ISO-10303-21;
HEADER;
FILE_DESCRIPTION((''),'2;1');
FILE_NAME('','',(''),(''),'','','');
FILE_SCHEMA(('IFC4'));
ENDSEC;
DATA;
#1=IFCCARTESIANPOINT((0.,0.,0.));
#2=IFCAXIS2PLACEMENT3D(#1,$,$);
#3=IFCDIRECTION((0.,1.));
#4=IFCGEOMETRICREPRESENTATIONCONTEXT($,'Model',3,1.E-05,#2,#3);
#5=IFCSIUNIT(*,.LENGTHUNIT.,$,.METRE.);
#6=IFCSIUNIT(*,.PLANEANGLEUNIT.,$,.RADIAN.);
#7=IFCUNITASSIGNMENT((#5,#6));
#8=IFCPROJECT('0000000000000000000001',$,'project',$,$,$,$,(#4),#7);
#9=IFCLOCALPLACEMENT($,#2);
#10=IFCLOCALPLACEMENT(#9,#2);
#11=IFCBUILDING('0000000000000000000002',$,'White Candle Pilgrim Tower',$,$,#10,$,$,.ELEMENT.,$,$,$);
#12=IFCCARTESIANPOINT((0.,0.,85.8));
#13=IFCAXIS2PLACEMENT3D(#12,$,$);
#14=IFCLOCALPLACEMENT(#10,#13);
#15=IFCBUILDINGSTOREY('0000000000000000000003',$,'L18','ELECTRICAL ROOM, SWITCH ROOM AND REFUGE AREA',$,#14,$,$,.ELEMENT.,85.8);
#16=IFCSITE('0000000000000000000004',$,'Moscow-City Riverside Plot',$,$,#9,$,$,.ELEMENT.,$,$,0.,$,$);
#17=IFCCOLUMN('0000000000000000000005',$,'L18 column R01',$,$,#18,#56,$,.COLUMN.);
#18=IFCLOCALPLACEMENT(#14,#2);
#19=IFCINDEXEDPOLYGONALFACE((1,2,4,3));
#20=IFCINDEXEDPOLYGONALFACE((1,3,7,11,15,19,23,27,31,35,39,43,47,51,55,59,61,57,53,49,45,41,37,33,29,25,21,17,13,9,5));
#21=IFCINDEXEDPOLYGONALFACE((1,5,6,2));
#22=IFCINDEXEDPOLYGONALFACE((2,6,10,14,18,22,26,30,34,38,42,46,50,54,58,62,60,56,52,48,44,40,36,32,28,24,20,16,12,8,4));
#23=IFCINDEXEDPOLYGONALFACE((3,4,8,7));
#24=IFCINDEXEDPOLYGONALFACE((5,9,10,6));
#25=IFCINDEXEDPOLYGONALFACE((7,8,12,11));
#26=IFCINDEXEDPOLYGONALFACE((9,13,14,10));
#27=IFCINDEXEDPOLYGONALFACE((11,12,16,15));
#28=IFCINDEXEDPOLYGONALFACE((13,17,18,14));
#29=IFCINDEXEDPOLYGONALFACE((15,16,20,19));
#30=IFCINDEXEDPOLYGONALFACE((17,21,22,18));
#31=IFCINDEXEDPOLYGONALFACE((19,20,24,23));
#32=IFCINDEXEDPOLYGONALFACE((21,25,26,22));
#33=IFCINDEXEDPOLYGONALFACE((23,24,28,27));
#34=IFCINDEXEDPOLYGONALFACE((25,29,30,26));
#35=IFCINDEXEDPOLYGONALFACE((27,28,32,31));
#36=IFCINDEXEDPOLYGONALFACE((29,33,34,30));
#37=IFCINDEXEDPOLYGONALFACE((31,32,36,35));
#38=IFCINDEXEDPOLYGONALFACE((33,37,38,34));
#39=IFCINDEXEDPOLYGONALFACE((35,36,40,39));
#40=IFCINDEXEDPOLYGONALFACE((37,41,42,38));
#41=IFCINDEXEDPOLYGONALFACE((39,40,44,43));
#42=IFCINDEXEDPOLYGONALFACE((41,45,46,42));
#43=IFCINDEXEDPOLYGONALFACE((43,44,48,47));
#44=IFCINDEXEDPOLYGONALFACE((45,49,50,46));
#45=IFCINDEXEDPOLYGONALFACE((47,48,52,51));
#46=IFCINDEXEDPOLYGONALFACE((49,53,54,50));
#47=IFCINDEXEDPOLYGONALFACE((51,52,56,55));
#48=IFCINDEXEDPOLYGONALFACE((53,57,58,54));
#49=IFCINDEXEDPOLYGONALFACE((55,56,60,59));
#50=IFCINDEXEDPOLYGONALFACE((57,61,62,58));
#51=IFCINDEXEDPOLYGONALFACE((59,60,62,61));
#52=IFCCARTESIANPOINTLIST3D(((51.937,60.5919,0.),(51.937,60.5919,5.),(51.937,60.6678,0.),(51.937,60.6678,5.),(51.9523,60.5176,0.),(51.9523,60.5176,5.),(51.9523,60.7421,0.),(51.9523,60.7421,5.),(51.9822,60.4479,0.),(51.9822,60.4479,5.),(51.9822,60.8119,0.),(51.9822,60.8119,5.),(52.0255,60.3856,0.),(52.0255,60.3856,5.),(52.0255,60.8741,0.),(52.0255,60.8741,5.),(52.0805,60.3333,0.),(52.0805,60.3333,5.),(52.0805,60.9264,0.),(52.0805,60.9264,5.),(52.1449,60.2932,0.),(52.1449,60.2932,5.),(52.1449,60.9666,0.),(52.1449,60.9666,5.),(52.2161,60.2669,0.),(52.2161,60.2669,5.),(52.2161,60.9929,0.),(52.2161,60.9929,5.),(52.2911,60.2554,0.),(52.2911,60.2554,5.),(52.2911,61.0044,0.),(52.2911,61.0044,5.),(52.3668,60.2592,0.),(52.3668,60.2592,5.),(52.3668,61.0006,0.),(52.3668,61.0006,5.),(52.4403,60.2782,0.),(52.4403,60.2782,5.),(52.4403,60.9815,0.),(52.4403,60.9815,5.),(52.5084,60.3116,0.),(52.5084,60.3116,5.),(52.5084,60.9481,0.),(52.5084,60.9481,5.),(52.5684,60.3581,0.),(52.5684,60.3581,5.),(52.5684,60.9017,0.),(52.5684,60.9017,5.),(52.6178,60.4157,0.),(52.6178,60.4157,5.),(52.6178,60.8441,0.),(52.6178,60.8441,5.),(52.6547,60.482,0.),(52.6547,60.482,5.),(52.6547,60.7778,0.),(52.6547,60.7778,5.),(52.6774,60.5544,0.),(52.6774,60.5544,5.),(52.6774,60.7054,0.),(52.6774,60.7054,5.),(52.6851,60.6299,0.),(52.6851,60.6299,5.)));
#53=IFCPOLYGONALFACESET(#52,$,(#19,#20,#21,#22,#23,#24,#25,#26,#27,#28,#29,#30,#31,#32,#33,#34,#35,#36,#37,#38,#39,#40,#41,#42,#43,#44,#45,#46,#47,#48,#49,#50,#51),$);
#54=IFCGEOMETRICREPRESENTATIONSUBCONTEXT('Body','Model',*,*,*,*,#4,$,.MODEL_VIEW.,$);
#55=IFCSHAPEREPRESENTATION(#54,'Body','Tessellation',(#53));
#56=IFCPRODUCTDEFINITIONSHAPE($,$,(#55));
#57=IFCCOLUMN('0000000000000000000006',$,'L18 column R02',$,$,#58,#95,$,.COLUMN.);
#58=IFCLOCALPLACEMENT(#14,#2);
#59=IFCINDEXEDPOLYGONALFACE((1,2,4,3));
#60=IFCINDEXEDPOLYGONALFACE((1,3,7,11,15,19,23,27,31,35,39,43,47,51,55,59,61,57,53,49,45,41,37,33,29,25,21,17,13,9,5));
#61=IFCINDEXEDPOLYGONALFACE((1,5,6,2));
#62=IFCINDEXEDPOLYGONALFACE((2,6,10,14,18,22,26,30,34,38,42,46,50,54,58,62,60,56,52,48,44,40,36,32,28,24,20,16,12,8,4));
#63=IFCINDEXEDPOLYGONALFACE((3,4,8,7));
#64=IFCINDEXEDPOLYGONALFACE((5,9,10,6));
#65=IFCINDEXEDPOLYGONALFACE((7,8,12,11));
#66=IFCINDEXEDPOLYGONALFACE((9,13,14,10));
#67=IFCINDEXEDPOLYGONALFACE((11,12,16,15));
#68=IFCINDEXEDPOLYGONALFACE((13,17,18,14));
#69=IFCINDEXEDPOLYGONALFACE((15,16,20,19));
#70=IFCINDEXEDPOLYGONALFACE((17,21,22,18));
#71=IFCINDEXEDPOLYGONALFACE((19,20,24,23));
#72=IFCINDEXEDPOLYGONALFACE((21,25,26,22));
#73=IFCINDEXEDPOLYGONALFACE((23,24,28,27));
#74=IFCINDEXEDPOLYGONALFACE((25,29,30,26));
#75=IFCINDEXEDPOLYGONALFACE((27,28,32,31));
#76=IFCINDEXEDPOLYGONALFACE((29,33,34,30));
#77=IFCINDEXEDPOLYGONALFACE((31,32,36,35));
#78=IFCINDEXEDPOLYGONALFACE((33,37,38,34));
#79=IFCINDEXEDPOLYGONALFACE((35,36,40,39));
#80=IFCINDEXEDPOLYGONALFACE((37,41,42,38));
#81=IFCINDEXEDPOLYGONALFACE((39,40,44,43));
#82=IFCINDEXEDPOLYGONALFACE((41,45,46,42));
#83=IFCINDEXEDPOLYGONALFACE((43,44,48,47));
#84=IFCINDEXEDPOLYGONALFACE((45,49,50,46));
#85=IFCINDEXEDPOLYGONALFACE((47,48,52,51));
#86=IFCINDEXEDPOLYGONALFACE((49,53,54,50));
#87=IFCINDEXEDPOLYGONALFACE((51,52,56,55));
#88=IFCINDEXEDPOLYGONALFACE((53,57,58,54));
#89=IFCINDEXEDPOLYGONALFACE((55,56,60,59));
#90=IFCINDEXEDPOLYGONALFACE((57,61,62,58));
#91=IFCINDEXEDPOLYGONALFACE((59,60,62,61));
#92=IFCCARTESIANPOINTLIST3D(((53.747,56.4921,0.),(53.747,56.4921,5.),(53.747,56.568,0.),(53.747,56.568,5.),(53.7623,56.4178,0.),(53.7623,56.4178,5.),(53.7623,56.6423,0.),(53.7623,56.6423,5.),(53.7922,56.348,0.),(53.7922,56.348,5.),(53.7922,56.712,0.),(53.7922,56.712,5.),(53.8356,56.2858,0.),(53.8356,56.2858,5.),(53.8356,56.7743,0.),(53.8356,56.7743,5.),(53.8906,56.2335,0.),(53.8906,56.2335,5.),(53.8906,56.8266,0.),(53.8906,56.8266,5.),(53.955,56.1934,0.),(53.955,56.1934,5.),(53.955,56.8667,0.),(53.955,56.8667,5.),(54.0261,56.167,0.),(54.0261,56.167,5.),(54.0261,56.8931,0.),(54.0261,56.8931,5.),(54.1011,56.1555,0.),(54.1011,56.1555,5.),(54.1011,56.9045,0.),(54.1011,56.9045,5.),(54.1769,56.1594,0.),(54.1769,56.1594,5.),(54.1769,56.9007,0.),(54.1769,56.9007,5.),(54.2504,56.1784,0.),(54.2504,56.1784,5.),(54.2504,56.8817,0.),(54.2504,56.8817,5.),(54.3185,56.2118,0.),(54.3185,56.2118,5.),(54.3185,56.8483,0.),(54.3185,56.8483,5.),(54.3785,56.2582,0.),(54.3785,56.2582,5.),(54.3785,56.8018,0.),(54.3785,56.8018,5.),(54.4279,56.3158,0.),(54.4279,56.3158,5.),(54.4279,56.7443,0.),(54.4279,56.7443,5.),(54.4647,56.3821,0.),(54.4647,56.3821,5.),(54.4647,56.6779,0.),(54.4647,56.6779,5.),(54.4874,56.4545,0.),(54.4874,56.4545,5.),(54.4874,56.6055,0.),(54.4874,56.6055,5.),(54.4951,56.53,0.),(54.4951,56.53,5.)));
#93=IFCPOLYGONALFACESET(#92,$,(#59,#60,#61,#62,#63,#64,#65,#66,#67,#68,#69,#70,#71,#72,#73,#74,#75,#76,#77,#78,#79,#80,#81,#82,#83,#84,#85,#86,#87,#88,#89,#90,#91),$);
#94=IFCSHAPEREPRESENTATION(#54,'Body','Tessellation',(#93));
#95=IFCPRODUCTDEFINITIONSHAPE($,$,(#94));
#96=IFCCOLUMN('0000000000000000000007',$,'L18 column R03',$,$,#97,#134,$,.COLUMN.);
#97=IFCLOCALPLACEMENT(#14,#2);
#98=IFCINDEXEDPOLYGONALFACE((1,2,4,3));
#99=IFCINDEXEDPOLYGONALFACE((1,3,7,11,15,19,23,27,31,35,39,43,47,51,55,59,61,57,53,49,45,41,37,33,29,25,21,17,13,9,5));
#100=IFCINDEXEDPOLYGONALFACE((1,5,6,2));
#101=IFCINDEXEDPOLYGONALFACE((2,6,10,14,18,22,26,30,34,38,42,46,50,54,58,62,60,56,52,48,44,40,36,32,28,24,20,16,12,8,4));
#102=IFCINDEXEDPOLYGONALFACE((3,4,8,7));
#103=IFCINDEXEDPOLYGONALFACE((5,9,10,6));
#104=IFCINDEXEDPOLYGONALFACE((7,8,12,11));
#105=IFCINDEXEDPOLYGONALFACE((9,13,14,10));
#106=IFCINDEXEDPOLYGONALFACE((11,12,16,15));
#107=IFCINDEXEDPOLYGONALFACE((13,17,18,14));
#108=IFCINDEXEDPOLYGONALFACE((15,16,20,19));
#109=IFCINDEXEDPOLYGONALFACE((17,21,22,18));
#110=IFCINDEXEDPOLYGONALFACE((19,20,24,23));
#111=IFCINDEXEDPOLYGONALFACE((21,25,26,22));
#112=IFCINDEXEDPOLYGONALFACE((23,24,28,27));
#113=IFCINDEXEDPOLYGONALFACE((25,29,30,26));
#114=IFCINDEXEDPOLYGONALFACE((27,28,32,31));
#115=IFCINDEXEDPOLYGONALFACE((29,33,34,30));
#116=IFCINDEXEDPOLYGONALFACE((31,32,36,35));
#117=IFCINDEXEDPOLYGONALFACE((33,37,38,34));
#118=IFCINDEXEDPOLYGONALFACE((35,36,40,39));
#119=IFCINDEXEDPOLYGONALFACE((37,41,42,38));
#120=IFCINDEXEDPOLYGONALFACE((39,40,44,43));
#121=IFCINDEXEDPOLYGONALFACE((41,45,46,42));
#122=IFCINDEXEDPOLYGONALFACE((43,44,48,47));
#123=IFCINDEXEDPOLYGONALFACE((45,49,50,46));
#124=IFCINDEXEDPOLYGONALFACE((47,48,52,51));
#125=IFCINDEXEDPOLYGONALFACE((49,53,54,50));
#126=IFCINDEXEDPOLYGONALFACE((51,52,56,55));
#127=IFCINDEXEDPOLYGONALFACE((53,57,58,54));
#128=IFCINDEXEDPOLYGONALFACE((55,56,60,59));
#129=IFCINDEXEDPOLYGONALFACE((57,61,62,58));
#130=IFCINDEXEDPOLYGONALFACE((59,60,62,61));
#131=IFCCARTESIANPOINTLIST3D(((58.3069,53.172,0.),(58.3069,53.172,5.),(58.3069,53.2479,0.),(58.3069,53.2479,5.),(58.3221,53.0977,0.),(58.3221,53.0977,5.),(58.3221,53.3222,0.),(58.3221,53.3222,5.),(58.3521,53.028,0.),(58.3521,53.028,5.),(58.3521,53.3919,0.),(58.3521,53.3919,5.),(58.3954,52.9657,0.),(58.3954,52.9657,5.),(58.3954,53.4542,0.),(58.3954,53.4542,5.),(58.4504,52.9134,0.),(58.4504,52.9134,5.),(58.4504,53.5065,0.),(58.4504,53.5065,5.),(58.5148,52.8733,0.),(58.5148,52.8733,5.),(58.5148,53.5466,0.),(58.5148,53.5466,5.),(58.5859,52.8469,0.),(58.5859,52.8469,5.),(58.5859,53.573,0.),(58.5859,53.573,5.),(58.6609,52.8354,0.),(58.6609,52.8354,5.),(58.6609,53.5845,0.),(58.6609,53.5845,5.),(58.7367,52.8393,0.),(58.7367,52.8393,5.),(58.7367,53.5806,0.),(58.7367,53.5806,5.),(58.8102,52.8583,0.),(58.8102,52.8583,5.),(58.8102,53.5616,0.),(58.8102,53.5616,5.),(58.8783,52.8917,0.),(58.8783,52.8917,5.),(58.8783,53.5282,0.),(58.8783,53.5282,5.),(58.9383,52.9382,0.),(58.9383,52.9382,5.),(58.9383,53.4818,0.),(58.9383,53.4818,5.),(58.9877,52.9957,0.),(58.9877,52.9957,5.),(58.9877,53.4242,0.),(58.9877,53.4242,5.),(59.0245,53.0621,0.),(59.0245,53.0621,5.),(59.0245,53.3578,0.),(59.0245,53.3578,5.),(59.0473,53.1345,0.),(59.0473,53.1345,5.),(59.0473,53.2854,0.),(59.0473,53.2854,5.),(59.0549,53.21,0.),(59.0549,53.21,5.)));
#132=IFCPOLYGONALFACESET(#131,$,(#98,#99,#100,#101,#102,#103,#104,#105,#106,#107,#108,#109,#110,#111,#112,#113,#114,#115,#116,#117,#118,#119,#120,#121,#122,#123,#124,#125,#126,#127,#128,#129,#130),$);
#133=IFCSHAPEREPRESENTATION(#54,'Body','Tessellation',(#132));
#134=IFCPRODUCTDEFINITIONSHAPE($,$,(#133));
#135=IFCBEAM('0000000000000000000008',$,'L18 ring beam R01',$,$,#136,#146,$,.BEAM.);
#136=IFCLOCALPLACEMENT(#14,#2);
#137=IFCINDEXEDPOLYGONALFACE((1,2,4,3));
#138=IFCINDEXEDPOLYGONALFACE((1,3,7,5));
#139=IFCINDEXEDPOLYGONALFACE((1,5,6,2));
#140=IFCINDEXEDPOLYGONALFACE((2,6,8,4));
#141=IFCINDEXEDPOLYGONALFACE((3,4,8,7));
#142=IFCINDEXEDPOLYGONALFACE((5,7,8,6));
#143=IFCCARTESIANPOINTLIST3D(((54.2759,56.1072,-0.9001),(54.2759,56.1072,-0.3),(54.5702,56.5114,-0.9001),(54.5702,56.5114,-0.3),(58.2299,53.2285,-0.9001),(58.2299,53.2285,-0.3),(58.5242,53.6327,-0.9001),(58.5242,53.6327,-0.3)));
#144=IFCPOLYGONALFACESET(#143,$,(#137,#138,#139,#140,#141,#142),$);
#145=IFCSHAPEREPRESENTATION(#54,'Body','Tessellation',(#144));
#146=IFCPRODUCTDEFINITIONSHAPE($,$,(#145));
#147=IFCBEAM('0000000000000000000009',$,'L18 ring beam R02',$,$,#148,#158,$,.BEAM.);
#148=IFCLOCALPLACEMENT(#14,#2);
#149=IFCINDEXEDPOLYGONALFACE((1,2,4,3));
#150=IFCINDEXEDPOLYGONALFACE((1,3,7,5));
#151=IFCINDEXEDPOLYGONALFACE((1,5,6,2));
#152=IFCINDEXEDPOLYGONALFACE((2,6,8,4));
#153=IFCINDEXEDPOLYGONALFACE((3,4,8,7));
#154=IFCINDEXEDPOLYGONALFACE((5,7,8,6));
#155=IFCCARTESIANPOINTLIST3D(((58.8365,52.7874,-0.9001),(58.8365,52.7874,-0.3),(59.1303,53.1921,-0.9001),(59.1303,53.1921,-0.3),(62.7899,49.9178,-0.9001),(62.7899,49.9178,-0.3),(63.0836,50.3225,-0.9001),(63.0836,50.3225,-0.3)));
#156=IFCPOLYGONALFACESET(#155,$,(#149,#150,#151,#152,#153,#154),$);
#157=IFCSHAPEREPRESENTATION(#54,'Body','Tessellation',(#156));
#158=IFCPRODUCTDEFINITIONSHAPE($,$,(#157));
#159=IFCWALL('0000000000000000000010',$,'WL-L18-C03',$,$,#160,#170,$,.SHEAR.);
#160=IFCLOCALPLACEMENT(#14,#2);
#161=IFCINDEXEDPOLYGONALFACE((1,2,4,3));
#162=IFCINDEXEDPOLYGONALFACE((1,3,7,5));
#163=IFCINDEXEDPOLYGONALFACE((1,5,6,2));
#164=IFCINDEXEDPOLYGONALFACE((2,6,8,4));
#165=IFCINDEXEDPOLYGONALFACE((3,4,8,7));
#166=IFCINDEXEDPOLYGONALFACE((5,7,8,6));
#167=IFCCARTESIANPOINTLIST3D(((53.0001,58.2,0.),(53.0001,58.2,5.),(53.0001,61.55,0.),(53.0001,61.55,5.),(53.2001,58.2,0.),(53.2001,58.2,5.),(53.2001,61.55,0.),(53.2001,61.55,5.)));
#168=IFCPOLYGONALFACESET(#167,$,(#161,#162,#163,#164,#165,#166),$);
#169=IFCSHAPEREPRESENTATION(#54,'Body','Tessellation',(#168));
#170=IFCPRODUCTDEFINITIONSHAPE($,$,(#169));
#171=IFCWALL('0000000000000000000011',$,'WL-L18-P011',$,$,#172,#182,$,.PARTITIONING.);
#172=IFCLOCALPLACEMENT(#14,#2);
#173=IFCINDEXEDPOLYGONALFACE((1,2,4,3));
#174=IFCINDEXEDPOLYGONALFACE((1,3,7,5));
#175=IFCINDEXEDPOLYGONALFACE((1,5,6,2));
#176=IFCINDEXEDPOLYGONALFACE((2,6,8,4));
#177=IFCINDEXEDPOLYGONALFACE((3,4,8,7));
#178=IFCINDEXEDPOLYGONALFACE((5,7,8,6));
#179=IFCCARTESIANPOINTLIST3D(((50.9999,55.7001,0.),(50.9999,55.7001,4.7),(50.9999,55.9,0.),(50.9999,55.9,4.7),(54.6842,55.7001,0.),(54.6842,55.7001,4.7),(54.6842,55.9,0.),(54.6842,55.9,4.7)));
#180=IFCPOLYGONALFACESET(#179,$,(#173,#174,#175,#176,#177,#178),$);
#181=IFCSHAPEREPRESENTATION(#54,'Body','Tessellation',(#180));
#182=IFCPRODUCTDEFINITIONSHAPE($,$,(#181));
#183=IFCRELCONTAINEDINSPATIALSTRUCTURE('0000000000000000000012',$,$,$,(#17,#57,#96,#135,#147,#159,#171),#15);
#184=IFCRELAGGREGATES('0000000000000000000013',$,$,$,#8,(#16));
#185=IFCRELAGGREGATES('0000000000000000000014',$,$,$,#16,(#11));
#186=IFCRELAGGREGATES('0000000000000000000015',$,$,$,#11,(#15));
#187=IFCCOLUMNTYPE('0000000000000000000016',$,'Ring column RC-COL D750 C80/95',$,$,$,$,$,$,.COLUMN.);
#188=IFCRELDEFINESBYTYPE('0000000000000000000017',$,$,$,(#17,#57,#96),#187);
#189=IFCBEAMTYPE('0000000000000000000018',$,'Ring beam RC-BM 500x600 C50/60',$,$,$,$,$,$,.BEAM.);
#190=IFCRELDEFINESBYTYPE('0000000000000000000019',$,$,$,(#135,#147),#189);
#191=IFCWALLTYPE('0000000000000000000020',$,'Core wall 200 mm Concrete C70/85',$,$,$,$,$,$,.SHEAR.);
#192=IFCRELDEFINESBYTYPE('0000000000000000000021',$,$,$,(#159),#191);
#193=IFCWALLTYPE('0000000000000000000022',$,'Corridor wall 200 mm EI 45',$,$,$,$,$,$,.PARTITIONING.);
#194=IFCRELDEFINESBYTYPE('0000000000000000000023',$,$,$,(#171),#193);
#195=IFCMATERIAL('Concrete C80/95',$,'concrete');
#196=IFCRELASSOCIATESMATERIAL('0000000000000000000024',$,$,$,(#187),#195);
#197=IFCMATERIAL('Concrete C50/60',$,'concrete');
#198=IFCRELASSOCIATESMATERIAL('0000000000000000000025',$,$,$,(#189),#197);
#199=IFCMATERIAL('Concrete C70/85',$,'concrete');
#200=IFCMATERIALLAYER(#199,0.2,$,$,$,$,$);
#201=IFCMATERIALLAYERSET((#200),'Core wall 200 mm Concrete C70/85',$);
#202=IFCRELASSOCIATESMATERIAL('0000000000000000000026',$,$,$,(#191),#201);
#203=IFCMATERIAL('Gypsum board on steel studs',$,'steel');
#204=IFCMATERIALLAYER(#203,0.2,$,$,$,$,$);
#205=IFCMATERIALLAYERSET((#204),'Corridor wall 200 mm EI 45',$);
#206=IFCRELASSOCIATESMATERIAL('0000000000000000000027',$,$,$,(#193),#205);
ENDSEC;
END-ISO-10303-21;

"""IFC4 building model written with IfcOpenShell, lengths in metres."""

from ifc_helpers import new_model, si_unit, direction, frame, frame_2d, origin, origin_2d, place, context, subcontext, project, spatial, rectangle, circle, extrude, material, layer, layer_set, material_profile, profile_set, type_object, element, save


model = new_model("IFC4")

# Units and contexts
model_context = context("Model", 3, precision=1e-05, world=origin(), true_north=direction((0.0, 1.0)))
body_context = subcontext(model_context, "Body", "Model", "MODEL_VIEW")
ifc_project = project(units=[si_unit("LENGTHUNIT", "METRE"), si_unit("PLANEANGLEUNIT", "RADIAN")], contexts=[model_context])

# Site, building, storey
site_placement = place(None, origin())
site = spatial("IfcSite", under=ifc_project, at=site_placement, Name="Moscow-City Riverside Plot", CompositionType="ELEMENT", RefElevation=0.0)
building_placement = place(site_placement, origin())
building = spatial("IfcBuilding", under=site, at=building_placement, Name="White Candle Pilgrim Tower", CompositionType="ELEMENT")
storey_placement = place(building_placement, frame((0.0, 0.0, 85.8)))
storey = spatial("IfcBuildingStorey", under=building, at=storey_placement, Name="L18", Description="ELECTRICAL ROOM, SWITCH ROOM AND REFUGE AREA", CompositionType="ELEMENT", Elevation=85.8)

# Columns
ifc_material_1 = material(Name="Concrete C80/95", Category="concrete")
ifc_material_profile_1 = material_profile(ifc_material_1, circle(Radius=0.375, at=origin_2d()), Name="RC-COL D750")
ifc_profile_set_1 = profile_set([ifc_material_profile_1], Name="Concrete C80/95")
column_type = type_object("IfcColumnType", Name="Ring column RC-COL D750 C80/95", PredefinedType="COLUMN", material=ifc_profile_set_1)
for number, where, z_axis, x_axis, name in (
    (1, (52.3101, 60.6299, 0.0), (0.0, 0.0, 1.0), (1.0, 0.0, 0.0), "L18 column R01"),
    (2, (54.1201, 56.53, 0.0), (0.0, 0.0, 1.0), (1.0, 0.0, 0.0), "L18 column R02"),
    (3, (58.6799, 53.21, 0.0), (0.0, 0.0, 1.0), (1.0, 0.0, 0.0), "L18 column R03"),
):
    element("IfcColumn", number, at=place(storey_placement, frame(where, z_axis=z_axis, x_axis=x_axis)), inside=storey, type_object=column_type, Name=name, PredefinedType="COLUMN", context=body_context, shape_type="SweptSolid", body=[
        extrude(circle(Radius=0.375, at=origin_2d()), origin(), (0.0, 0.0, 1.0), 5.0),
    ])

# Beams
ifc_material_2 = material(Name="Concrete C50/60", Category="concrete")
ifc_material_profile_2 = material_profile(ifc_material_2, rectangle(XDim=0.5, YDim=0.6001, at=origin_2d()), Name="RC-BM 500x600")
ifc_profile_set_2 = profile_set([ifc_material_profile_2], Name="Concrete C50/60")
beam_type = type_object("IfcBeamType", Name="Ring beam RC-BM 500x600 C50/60", PredefinedType="BEAM", material=ifc_profile_set_2)
beam_1_placement = place(storey_placement, frame((54.4231, 56.3093, -0.6001), z_axis=(0.808432, -0.58859, 0.0), x_axis=(0.58859, 0.808432, 0.0)))
element("IfcBeam", 4, at=beam_1_placement, inside=storey, type_object=beam_type, Name="L18 ring beam R01", PredefinedType="BEAM", context=body_context, shape_type="SweptSolid", body=[
    extrude(rectangle(XDim=0.5, YDim=0.6001, at=origin_2d()), origin(), (0.0, 0.0, 1.0), 4.8909),
])
beam_2_placement = place(storey_placement, frame((58.9834, 52.9897, -0.6001), z_axis=(0.809276, -0.587429, 0.0), x_axis=(0.587429, 0.809276, 0.0)))
element("IfcBeam", 5, at=beam_2_placement, inside=storey, type_object=beam_type, Name="L18 ring beam R02", PredefinedType="BEAM", context=body_context, shape_type="SweptSolid", body=[
    extrude(rectangle(XDim=0.5, YDim=0.6001, at=origin_2d()), origin(), (0.0, 0.0, 1.0), 4.885),
])

# Walls
ifc_material_3 = material(Name="Concrete C70/85", Category="concrete")
ifc_layer_1 = layer(ifc_material_3, 0.2)
ifc_layer_set_1 = layer_set([ifc_layer_1], Name="Core wall 200 mm Concrete C70/85")
wall_type_1 = type_object("IfcWallType", Name="Core wall 200 mm Concrete C70/85", PredefinedType="SHEAR", material=ifc_layer_set_1)
wall_1_placement = place(storey_placement, frame((53.1001, 58.2, 0.0), z_axis=(0.0, 0.0, 1.0), x_axis=(0.0, 1.0, 0.0)))
element("IfcWall", 6, at=wall_1_placement, inside=storey, type_object=wall_type_1, Name="WL-L18-C03", PredefinedType="SHEAR", context=body_context, shape_type="SweptSolid", body=[
    extrude(rectangle(XDim=3.3501, YDim=0.2, at=frame_2d((1.675, 0.0))), origin(), (0.0, 0.0, 1.0), 5.0),
])
ifc_material_4 = material(Name="Gypsum board on steel studs", Category="steel")
ifc_layer_2 = layer(ifc_material_4, 0.2)
ifc_layer_set_2 = layer_set([ifc_layer_2], Name="Corridor wall 200 mm EI 45")
wall_type_2 = type_object("IfcWallType", Name="Corridor wall 200 mm EI 45", PredefinedType="PARTITIONING", material=ifc_layer_set_2)
wall_2_placement = place(storey_placement, frame((54.6843, 55.8, 0.0), z_axis=(0.0, 0.0, 1.0), x_axis=(-1.0, 0.0, 0.0)))
element("IfcWall", 7, at=wall_2_placement, inside=storey, type_object=wall_type_2, Name="WL-L18-P011", PredefinedType="PARTITIONING", context=body_context, shape_type="SweptSolid", body=[
    extrude(rectangle(XDim=3.6843, YDim=0.2, at=frame_2d((1.8423, 0.0))), origin(), (0.0, 0.0, 1.0), 4.7),
])

save(model, "model.ifc")
